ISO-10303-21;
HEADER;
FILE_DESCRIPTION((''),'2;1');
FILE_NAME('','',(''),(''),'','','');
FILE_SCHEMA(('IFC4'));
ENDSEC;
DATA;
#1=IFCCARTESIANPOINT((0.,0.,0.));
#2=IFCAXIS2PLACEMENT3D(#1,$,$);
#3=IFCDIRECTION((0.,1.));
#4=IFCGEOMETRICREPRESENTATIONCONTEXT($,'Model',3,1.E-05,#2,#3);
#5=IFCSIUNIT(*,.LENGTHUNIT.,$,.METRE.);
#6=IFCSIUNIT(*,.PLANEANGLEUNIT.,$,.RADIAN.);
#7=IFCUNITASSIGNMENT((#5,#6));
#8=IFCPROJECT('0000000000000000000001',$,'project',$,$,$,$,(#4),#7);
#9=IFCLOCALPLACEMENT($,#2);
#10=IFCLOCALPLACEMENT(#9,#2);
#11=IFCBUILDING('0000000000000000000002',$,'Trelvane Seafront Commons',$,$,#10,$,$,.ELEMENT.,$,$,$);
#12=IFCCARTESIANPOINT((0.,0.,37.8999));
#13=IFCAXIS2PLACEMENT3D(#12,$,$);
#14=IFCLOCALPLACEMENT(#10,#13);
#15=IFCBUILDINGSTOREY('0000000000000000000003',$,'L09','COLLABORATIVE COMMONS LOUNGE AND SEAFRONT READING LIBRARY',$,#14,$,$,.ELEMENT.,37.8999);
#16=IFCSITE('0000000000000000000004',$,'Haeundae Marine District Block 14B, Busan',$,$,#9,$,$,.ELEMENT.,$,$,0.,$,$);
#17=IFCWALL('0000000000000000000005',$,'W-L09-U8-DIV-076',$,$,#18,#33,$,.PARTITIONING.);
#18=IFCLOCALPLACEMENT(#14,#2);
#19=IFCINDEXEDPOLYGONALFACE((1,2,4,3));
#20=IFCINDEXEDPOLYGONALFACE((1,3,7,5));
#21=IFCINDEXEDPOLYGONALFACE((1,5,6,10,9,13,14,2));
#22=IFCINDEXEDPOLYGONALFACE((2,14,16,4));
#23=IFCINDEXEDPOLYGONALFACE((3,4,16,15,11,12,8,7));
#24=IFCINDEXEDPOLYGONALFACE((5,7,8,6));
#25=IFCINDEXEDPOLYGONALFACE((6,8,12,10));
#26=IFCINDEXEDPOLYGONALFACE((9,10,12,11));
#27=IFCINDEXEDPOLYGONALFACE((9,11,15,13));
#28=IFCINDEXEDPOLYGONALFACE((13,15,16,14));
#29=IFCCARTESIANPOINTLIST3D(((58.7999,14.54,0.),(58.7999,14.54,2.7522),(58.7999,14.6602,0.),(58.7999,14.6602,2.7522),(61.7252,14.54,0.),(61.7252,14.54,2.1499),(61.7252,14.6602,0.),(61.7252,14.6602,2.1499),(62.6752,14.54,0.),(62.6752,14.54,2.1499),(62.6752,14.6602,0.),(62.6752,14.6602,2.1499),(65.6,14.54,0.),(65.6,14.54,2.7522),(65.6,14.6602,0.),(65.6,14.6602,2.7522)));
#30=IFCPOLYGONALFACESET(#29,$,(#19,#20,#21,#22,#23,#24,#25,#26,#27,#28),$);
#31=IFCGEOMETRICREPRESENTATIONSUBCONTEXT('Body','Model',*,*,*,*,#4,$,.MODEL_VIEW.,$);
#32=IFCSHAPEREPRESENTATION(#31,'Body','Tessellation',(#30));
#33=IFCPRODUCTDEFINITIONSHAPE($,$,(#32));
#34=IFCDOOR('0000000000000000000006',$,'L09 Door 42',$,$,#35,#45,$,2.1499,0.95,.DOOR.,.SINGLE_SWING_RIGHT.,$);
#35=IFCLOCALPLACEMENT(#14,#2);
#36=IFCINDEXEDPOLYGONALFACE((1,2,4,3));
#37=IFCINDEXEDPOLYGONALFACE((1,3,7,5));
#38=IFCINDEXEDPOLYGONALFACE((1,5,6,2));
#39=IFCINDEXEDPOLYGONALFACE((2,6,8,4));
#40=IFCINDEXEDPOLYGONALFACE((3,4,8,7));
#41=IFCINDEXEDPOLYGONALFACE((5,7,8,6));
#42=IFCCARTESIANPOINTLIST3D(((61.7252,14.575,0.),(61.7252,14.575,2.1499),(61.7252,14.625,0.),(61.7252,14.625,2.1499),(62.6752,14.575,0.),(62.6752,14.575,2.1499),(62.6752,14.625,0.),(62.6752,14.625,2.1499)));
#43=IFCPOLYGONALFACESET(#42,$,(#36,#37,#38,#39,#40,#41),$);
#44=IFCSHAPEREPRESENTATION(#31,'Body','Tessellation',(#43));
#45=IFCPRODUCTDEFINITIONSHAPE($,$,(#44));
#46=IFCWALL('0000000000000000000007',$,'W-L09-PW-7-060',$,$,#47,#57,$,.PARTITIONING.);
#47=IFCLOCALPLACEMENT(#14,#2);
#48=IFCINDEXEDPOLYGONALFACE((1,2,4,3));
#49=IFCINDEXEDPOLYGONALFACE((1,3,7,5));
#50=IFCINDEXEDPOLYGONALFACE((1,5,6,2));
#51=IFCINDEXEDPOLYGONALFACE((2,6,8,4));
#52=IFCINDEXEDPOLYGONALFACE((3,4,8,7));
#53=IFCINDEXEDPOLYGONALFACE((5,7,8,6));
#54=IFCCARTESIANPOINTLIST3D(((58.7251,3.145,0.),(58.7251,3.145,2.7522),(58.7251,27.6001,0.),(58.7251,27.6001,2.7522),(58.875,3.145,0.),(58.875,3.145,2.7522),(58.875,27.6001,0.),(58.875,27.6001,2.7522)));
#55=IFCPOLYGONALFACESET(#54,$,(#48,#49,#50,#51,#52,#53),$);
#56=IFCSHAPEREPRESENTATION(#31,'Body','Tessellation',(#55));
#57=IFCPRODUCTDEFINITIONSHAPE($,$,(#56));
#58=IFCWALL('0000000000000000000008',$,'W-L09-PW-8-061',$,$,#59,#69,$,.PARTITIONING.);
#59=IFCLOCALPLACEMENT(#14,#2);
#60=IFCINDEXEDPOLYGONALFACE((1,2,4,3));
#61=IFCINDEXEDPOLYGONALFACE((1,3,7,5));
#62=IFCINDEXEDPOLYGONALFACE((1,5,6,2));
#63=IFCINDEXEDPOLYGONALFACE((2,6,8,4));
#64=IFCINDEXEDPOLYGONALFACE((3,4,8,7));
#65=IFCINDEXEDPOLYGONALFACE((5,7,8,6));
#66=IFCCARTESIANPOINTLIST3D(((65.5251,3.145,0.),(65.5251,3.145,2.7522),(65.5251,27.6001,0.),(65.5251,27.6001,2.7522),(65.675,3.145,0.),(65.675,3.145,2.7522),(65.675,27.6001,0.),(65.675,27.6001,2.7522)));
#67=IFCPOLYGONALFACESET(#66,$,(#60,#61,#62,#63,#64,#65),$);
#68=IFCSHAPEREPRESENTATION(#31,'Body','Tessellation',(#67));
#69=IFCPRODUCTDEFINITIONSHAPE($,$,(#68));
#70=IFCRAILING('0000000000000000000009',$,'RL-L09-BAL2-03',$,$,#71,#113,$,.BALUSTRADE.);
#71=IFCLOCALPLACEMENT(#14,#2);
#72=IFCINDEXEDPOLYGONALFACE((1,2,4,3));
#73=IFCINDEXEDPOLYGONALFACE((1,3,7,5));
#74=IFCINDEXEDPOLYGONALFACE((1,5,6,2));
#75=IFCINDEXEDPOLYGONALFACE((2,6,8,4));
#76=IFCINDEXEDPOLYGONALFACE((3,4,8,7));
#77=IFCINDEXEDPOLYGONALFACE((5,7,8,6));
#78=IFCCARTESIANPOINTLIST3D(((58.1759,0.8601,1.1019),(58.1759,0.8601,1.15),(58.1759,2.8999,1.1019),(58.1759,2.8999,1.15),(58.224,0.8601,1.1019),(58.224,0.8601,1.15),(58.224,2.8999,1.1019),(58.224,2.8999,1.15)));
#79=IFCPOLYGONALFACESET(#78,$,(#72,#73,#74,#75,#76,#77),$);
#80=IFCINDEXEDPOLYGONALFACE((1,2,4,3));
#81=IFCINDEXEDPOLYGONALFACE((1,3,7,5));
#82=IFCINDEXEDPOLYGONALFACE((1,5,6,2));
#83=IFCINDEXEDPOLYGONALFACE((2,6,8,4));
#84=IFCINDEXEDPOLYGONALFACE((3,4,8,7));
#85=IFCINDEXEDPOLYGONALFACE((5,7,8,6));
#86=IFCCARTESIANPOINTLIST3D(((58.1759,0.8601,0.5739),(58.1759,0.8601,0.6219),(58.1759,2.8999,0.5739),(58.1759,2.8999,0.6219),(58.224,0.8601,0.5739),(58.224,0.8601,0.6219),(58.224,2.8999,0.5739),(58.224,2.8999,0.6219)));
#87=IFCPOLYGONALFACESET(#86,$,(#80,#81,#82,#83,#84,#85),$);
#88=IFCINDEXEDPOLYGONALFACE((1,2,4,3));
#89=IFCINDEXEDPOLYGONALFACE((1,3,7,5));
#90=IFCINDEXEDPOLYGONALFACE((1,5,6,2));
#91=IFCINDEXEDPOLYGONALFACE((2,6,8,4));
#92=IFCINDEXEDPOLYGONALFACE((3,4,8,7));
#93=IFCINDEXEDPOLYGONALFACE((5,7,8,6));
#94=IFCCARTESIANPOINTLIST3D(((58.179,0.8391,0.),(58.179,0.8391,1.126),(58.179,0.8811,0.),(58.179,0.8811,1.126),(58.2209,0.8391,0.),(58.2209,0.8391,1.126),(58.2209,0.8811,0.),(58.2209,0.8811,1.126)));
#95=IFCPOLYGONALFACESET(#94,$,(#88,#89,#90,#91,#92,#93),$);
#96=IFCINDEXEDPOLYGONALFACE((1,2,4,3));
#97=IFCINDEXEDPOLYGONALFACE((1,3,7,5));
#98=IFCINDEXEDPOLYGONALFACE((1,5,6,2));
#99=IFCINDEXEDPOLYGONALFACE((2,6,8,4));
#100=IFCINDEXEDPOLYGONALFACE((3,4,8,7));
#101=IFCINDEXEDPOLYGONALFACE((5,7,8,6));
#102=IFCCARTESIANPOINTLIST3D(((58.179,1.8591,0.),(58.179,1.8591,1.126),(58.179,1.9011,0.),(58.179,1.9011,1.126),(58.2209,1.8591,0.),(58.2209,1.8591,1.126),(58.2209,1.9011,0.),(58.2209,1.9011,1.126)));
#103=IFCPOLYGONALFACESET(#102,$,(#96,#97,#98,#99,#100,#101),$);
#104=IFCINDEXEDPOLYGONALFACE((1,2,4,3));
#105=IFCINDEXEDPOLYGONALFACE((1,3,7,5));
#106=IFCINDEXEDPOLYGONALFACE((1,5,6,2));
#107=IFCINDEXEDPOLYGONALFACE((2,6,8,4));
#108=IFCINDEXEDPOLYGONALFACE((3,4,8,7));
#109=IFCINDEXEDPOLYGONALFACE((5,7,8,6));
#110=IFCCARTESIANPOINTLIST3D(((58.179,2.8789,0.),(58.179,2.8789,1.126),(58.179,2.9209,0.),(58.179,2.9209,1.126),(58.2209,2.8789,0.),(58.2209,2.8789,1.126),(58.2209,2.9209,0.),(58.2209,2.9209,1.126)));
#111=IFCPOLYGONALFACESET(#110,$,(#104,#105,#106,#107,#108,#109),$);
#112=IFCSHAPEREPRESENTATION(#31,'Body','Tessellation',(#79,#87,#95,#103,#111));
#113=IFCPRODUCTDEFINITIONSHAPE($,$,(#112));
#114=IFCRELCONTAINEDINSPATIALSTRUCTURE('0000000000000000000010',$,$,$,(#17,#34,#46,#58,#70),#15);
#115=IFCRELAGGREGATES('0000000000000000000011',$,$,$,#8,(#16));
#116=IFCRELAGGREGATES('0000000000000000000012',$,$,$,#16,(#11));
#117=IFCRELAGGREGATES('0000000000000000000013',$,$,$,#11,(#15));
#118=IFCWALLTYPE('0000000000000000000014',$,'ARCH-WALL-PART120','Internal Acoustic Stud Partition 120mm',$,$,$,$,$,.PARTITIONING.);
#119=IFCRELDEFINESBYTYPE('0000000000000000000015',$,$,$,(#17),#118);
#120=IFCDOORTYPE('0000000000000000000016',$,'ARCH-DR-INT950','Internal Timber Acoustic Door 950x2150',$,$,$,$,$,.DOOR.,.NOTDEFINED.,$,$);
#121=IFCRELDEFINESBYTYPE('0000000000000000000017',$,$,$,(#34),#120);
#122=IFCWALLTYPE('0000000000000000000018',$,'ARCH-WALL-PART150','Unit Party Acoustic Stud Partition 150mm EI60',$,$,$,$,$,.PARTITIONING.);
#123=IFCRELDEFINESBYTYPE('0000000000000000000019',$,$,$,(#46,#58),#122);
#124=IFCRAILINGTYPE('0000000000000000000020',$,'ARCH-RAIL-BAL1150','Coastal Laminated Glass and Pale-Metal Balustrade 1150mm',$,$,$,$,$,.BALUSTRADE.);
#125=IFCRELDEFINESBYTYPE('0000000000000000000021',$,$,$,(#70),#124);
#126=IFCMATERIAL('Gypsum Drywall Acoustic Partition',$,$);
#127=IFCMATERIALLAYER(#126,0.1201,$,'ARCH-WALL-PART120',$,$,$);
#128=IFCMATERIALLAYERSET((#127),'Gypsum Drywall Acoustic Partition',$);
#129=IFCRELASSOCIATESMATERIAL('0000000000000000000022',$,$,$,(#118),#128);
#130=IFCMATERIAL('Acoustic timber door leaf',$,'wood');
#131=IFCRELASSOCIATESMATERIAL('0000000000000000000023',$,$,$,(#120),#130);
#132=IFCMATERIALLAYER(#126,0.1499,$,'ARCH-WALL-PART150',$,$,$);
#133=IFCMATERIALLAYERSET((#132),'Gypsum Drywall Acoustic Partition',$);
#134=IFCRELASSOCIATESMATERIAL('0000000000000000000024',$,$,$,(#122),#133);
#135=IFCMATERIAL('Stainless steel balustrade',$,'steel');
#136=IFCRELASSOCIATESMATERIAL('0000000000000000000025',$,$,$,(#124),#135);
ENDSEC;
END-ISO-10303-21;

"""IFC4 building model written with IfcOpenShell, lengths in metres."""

from ifc_helpers import new_model, si_unit, direction, frame, frame_2d, origin, origin_2d, place, context, subcontext, project, spatial, rectangle, extrude, source, transform, mapped, material, layer, layer_set, type_object, element, fill, save


model = new_model("IFC4")

# Units and contexts
model_context = context("Model", 3, precision=1e-05, world=origin(), true_north=direction((0.0, 1.0)))
body_context = subcontext(model_context, "Body", "Model", "MODEL_VIEW")
ifc_project = project(units=[si_unit("LENGTHUNIT", "METRE"), si_unit("PLANEANGLEUNIT", "RADIAN")], contexts=[model_context])

# Site, building, storey
site_placement = place(None, origin())
site = spatial("IfcSite", under=ifc_project, at=site_placement, Name="Haeundae Marine District Block 14B, Busan", CompositionType="ELEMENT", RefElevation=0.0)
building_placement = place(site_placement, origin())
building = spatial("IfcBuilding", under=site, at=building_placement, Name="Trelvane Seafront Commons", CompositionType="ELEMENT")
storey_placement = place(building_placement, frame((0.0, 0.0, 37.8999)))
storey = spatial("IfcBuildingStorey", under=building, at=storey_placement, Name="L09", Description="COLLABORATIVE COMMONS LOUNGE AND SEAFRONT READING LIBRARY", CompositionType="ELEMENT", Elevation=37.8999)

# Wall, opening, door
ifc_material_1 = material(Name="Gypsum Drywall Acoustic Partition")
ifc_layer_1 = layer(ifc_material_1, 0.1201, Name="ARCH-WALL-PART120")
ifc_layer_set_1 = layer_set([ifc_layer_1], Name="Gypsum Drywall Acoustic Partition")
wall_type_1 = type_object("IfcWallType", Name="ARCH-WALL-PART120", Description="Internal Acoustic Stud Partition 120mm", PredefinedType="PARTITIONING", material=ifc_layer_set_1)
wall_1_placement = place(storey_placement, frame((58.8, 14.6001, 0.0), z_axis=(0.0, 0.0, 1.0), x_axis=(1.0, 0.0, 0.0)))
wall_1 = element("IfcWall", 1, at=wall_1_placement, inside=storey, type_object=wall_type_1, Name="W-L09-U8-DIV-076", PredefinedType="PARTITIONING", context=body_context, shape_type="SweptSolid", body=[
    extrude(rectangle(XDim=6.8, YDim=0.1201, at=frame_2d((3.3999, 0.0))), origin(), (0.0, 0.0, 1.0), 2.7522),
])
opening_1_placement = place(wall_1_placement, frame((2.925, 0.0, 0.0)))
opening_1 = element("IfcOpeningElement", 2, at=opening_1_placement, cuts=wall_1, PredefinedType="OPENING", context=body_context, shape_type="SweptSolid", body=[
    extrude(rectangle(XDim=0.95, YDim=2.1499, at=frame_2d((0.4751, 1.075))), frame((0.0, 0.0701, 0.0), z_axis=(0.0, -1.0, 0.0), x_axis=(1.0, 0.0, 0.0)), (0.0, 0.0, 1.0), 0.1401),
])
ifc_material_2 = material(Name="Acoustic timber door leaf", Category="wood")
door_type_1 = type_object("IfcDoorType", Name="ARCH-DR-INT950", Description="Internal Timber Acoustic Door 950x2150", OperationType="NOTDEFINED", PredefinedType="DOOR", material=ifc_material_2)
shared_shape_1 = source(origin(), body_context, "Body", "SweptSolid", [
    extrude(rectangle(XDim=0.95, YDim=2.1499, at=frame_2d((0.4751, 1.075))), frame((0.0, 0.0249, 0.0), z_axis=(0.0, -1.0, 0.0), x_axis=(1.0, 0.0, 0.0)), (0.0, 0.0, 1.0), 0.05),
])
door_1_placement = place(opening_1_placement, origin())
door_1 = element("IfcDoor", 3, at=door_1_placement, inside=storey, type_object=door_type_1, Name="L09 Door 42", OperationType="SINGLE_SWING_RIGHT", OverallHeight=2.1499, OverallWidth=0.95, PredefinedType="DOOR", context=body_context, shape_type="MappedRepresentation", body=[
    mapped(shared_shape_1, transform((0.0, 0.0, 0.0), x_axis=(1.0, 0.0, 0.0), y_axis=(0.0, 1.0, 0.0), z_axis=(0.0, 0.0, 1.0), scale=1.0)),
])
fill(opening_1, door_1)

# Walls
ifc_layer_2 = layer(ifc_material_1, 0.1499, Name="ARCH-WALL-PART150")
ifc_layer_set_2 = layer_set([ifc_layer_2], Name="Gypsum Drywall Acoustic Partition")
wall_type_2 = type_object("IfcWallType", Name="ARCH-WALL-PART150", Description="Unit Party Acoustic Stud Partition 150mm EI60", PredefinedType="PARTITIONING", material=ifc_layer_set_2)
for number, where, z_axis, x_axis, name in (
    (4, (58.8, 3.145, 0.0), (0.0, 0.0, 1.0), (0.0, 1.0, 0.0), "W-L09-PW-7-060"),
    (5, (65.6001, 3.145, 0.0), (0.0, 0.0, 1.0), (0.0, 1.0, 0.0), "W-L09-PW-8-061"),
):
    element("IfcWall", number, at=place(storey_placement, frame(where, z_axis=z_axis, x_axis=x_axis)), inside=storey, type_object=wall_type_2, Name=name, PredefinedType="PARTITIONING", context=body_context, shape_type="SweptSolid", body=[
        extrude(rectangle(XDim=24.4551, YDim=0.1499, at=frame_2d((12.2275, 0.0))), origin(), (0.0, 0.0, 1.0), 2.7522),
    ])

# Railing
ifc_material_3 = material(Name="Stainless steel balustrade", Category="steel")
railing_type = type_object("IfcRailingType", Name="ARCH-RAIL-BAL1150", Description="Coastal Laminated Glass and Pale-Metal Balustrade 1150mm", PredefinedType="BALUSTRADE", material=ifc_material_3)
railing_placement = place(storey_placement, frame((58.2, 0.8601, 0.0)))
element("IfcRailing", 6, at=railing_placement, inside=storey, type_object=railing_type, Name="RL-L09-BAL2-03", PredefinedType="BALUSTRADE", context=body_context, shape_type="SweptSolid", body=[
    extrude(rectangle(XDim=0.0481, YDim=0.0481, at=origin_2d()), frame((0.0, 0.0, 1.126), z_axis=(0.0, 1.0, 0.0), x_axis=(-1.0, 0.0, 0.0)), (0.0, 0.0, 1.0), 2.0398),
    extrude(rectangle(XDim=0.0481, YDim=0.0481, at=origin_2d()), frame((0.0, 0.0, 0.5979), z_axis=(0.0, 1.0, 0.0), x_axis=(-1.0, 0.0, 0.0)), (0.0, 0.0, 1.0), 2.0398),
    extrude(rectangle(XDim=0.042, YDim=0.042, at=origin_2d()), origin(), (0.0, 0.0, 1.0), 1.126),
    extrude(rectangle(XDim=0.042, YDim=0.042, at=origin_2d()), frame((0.0, 1.02, 0.0)), (0.0, 0.0, 1.0), 1.126),
    extrude(rectangle(XDim=0.042, YDim=0.042, at=origin_2d()), frame((0.0, 2.0398, 0.0)), (0.0, 0.0, 1.0), 1.126),
])

save(model, "model.ifc")
